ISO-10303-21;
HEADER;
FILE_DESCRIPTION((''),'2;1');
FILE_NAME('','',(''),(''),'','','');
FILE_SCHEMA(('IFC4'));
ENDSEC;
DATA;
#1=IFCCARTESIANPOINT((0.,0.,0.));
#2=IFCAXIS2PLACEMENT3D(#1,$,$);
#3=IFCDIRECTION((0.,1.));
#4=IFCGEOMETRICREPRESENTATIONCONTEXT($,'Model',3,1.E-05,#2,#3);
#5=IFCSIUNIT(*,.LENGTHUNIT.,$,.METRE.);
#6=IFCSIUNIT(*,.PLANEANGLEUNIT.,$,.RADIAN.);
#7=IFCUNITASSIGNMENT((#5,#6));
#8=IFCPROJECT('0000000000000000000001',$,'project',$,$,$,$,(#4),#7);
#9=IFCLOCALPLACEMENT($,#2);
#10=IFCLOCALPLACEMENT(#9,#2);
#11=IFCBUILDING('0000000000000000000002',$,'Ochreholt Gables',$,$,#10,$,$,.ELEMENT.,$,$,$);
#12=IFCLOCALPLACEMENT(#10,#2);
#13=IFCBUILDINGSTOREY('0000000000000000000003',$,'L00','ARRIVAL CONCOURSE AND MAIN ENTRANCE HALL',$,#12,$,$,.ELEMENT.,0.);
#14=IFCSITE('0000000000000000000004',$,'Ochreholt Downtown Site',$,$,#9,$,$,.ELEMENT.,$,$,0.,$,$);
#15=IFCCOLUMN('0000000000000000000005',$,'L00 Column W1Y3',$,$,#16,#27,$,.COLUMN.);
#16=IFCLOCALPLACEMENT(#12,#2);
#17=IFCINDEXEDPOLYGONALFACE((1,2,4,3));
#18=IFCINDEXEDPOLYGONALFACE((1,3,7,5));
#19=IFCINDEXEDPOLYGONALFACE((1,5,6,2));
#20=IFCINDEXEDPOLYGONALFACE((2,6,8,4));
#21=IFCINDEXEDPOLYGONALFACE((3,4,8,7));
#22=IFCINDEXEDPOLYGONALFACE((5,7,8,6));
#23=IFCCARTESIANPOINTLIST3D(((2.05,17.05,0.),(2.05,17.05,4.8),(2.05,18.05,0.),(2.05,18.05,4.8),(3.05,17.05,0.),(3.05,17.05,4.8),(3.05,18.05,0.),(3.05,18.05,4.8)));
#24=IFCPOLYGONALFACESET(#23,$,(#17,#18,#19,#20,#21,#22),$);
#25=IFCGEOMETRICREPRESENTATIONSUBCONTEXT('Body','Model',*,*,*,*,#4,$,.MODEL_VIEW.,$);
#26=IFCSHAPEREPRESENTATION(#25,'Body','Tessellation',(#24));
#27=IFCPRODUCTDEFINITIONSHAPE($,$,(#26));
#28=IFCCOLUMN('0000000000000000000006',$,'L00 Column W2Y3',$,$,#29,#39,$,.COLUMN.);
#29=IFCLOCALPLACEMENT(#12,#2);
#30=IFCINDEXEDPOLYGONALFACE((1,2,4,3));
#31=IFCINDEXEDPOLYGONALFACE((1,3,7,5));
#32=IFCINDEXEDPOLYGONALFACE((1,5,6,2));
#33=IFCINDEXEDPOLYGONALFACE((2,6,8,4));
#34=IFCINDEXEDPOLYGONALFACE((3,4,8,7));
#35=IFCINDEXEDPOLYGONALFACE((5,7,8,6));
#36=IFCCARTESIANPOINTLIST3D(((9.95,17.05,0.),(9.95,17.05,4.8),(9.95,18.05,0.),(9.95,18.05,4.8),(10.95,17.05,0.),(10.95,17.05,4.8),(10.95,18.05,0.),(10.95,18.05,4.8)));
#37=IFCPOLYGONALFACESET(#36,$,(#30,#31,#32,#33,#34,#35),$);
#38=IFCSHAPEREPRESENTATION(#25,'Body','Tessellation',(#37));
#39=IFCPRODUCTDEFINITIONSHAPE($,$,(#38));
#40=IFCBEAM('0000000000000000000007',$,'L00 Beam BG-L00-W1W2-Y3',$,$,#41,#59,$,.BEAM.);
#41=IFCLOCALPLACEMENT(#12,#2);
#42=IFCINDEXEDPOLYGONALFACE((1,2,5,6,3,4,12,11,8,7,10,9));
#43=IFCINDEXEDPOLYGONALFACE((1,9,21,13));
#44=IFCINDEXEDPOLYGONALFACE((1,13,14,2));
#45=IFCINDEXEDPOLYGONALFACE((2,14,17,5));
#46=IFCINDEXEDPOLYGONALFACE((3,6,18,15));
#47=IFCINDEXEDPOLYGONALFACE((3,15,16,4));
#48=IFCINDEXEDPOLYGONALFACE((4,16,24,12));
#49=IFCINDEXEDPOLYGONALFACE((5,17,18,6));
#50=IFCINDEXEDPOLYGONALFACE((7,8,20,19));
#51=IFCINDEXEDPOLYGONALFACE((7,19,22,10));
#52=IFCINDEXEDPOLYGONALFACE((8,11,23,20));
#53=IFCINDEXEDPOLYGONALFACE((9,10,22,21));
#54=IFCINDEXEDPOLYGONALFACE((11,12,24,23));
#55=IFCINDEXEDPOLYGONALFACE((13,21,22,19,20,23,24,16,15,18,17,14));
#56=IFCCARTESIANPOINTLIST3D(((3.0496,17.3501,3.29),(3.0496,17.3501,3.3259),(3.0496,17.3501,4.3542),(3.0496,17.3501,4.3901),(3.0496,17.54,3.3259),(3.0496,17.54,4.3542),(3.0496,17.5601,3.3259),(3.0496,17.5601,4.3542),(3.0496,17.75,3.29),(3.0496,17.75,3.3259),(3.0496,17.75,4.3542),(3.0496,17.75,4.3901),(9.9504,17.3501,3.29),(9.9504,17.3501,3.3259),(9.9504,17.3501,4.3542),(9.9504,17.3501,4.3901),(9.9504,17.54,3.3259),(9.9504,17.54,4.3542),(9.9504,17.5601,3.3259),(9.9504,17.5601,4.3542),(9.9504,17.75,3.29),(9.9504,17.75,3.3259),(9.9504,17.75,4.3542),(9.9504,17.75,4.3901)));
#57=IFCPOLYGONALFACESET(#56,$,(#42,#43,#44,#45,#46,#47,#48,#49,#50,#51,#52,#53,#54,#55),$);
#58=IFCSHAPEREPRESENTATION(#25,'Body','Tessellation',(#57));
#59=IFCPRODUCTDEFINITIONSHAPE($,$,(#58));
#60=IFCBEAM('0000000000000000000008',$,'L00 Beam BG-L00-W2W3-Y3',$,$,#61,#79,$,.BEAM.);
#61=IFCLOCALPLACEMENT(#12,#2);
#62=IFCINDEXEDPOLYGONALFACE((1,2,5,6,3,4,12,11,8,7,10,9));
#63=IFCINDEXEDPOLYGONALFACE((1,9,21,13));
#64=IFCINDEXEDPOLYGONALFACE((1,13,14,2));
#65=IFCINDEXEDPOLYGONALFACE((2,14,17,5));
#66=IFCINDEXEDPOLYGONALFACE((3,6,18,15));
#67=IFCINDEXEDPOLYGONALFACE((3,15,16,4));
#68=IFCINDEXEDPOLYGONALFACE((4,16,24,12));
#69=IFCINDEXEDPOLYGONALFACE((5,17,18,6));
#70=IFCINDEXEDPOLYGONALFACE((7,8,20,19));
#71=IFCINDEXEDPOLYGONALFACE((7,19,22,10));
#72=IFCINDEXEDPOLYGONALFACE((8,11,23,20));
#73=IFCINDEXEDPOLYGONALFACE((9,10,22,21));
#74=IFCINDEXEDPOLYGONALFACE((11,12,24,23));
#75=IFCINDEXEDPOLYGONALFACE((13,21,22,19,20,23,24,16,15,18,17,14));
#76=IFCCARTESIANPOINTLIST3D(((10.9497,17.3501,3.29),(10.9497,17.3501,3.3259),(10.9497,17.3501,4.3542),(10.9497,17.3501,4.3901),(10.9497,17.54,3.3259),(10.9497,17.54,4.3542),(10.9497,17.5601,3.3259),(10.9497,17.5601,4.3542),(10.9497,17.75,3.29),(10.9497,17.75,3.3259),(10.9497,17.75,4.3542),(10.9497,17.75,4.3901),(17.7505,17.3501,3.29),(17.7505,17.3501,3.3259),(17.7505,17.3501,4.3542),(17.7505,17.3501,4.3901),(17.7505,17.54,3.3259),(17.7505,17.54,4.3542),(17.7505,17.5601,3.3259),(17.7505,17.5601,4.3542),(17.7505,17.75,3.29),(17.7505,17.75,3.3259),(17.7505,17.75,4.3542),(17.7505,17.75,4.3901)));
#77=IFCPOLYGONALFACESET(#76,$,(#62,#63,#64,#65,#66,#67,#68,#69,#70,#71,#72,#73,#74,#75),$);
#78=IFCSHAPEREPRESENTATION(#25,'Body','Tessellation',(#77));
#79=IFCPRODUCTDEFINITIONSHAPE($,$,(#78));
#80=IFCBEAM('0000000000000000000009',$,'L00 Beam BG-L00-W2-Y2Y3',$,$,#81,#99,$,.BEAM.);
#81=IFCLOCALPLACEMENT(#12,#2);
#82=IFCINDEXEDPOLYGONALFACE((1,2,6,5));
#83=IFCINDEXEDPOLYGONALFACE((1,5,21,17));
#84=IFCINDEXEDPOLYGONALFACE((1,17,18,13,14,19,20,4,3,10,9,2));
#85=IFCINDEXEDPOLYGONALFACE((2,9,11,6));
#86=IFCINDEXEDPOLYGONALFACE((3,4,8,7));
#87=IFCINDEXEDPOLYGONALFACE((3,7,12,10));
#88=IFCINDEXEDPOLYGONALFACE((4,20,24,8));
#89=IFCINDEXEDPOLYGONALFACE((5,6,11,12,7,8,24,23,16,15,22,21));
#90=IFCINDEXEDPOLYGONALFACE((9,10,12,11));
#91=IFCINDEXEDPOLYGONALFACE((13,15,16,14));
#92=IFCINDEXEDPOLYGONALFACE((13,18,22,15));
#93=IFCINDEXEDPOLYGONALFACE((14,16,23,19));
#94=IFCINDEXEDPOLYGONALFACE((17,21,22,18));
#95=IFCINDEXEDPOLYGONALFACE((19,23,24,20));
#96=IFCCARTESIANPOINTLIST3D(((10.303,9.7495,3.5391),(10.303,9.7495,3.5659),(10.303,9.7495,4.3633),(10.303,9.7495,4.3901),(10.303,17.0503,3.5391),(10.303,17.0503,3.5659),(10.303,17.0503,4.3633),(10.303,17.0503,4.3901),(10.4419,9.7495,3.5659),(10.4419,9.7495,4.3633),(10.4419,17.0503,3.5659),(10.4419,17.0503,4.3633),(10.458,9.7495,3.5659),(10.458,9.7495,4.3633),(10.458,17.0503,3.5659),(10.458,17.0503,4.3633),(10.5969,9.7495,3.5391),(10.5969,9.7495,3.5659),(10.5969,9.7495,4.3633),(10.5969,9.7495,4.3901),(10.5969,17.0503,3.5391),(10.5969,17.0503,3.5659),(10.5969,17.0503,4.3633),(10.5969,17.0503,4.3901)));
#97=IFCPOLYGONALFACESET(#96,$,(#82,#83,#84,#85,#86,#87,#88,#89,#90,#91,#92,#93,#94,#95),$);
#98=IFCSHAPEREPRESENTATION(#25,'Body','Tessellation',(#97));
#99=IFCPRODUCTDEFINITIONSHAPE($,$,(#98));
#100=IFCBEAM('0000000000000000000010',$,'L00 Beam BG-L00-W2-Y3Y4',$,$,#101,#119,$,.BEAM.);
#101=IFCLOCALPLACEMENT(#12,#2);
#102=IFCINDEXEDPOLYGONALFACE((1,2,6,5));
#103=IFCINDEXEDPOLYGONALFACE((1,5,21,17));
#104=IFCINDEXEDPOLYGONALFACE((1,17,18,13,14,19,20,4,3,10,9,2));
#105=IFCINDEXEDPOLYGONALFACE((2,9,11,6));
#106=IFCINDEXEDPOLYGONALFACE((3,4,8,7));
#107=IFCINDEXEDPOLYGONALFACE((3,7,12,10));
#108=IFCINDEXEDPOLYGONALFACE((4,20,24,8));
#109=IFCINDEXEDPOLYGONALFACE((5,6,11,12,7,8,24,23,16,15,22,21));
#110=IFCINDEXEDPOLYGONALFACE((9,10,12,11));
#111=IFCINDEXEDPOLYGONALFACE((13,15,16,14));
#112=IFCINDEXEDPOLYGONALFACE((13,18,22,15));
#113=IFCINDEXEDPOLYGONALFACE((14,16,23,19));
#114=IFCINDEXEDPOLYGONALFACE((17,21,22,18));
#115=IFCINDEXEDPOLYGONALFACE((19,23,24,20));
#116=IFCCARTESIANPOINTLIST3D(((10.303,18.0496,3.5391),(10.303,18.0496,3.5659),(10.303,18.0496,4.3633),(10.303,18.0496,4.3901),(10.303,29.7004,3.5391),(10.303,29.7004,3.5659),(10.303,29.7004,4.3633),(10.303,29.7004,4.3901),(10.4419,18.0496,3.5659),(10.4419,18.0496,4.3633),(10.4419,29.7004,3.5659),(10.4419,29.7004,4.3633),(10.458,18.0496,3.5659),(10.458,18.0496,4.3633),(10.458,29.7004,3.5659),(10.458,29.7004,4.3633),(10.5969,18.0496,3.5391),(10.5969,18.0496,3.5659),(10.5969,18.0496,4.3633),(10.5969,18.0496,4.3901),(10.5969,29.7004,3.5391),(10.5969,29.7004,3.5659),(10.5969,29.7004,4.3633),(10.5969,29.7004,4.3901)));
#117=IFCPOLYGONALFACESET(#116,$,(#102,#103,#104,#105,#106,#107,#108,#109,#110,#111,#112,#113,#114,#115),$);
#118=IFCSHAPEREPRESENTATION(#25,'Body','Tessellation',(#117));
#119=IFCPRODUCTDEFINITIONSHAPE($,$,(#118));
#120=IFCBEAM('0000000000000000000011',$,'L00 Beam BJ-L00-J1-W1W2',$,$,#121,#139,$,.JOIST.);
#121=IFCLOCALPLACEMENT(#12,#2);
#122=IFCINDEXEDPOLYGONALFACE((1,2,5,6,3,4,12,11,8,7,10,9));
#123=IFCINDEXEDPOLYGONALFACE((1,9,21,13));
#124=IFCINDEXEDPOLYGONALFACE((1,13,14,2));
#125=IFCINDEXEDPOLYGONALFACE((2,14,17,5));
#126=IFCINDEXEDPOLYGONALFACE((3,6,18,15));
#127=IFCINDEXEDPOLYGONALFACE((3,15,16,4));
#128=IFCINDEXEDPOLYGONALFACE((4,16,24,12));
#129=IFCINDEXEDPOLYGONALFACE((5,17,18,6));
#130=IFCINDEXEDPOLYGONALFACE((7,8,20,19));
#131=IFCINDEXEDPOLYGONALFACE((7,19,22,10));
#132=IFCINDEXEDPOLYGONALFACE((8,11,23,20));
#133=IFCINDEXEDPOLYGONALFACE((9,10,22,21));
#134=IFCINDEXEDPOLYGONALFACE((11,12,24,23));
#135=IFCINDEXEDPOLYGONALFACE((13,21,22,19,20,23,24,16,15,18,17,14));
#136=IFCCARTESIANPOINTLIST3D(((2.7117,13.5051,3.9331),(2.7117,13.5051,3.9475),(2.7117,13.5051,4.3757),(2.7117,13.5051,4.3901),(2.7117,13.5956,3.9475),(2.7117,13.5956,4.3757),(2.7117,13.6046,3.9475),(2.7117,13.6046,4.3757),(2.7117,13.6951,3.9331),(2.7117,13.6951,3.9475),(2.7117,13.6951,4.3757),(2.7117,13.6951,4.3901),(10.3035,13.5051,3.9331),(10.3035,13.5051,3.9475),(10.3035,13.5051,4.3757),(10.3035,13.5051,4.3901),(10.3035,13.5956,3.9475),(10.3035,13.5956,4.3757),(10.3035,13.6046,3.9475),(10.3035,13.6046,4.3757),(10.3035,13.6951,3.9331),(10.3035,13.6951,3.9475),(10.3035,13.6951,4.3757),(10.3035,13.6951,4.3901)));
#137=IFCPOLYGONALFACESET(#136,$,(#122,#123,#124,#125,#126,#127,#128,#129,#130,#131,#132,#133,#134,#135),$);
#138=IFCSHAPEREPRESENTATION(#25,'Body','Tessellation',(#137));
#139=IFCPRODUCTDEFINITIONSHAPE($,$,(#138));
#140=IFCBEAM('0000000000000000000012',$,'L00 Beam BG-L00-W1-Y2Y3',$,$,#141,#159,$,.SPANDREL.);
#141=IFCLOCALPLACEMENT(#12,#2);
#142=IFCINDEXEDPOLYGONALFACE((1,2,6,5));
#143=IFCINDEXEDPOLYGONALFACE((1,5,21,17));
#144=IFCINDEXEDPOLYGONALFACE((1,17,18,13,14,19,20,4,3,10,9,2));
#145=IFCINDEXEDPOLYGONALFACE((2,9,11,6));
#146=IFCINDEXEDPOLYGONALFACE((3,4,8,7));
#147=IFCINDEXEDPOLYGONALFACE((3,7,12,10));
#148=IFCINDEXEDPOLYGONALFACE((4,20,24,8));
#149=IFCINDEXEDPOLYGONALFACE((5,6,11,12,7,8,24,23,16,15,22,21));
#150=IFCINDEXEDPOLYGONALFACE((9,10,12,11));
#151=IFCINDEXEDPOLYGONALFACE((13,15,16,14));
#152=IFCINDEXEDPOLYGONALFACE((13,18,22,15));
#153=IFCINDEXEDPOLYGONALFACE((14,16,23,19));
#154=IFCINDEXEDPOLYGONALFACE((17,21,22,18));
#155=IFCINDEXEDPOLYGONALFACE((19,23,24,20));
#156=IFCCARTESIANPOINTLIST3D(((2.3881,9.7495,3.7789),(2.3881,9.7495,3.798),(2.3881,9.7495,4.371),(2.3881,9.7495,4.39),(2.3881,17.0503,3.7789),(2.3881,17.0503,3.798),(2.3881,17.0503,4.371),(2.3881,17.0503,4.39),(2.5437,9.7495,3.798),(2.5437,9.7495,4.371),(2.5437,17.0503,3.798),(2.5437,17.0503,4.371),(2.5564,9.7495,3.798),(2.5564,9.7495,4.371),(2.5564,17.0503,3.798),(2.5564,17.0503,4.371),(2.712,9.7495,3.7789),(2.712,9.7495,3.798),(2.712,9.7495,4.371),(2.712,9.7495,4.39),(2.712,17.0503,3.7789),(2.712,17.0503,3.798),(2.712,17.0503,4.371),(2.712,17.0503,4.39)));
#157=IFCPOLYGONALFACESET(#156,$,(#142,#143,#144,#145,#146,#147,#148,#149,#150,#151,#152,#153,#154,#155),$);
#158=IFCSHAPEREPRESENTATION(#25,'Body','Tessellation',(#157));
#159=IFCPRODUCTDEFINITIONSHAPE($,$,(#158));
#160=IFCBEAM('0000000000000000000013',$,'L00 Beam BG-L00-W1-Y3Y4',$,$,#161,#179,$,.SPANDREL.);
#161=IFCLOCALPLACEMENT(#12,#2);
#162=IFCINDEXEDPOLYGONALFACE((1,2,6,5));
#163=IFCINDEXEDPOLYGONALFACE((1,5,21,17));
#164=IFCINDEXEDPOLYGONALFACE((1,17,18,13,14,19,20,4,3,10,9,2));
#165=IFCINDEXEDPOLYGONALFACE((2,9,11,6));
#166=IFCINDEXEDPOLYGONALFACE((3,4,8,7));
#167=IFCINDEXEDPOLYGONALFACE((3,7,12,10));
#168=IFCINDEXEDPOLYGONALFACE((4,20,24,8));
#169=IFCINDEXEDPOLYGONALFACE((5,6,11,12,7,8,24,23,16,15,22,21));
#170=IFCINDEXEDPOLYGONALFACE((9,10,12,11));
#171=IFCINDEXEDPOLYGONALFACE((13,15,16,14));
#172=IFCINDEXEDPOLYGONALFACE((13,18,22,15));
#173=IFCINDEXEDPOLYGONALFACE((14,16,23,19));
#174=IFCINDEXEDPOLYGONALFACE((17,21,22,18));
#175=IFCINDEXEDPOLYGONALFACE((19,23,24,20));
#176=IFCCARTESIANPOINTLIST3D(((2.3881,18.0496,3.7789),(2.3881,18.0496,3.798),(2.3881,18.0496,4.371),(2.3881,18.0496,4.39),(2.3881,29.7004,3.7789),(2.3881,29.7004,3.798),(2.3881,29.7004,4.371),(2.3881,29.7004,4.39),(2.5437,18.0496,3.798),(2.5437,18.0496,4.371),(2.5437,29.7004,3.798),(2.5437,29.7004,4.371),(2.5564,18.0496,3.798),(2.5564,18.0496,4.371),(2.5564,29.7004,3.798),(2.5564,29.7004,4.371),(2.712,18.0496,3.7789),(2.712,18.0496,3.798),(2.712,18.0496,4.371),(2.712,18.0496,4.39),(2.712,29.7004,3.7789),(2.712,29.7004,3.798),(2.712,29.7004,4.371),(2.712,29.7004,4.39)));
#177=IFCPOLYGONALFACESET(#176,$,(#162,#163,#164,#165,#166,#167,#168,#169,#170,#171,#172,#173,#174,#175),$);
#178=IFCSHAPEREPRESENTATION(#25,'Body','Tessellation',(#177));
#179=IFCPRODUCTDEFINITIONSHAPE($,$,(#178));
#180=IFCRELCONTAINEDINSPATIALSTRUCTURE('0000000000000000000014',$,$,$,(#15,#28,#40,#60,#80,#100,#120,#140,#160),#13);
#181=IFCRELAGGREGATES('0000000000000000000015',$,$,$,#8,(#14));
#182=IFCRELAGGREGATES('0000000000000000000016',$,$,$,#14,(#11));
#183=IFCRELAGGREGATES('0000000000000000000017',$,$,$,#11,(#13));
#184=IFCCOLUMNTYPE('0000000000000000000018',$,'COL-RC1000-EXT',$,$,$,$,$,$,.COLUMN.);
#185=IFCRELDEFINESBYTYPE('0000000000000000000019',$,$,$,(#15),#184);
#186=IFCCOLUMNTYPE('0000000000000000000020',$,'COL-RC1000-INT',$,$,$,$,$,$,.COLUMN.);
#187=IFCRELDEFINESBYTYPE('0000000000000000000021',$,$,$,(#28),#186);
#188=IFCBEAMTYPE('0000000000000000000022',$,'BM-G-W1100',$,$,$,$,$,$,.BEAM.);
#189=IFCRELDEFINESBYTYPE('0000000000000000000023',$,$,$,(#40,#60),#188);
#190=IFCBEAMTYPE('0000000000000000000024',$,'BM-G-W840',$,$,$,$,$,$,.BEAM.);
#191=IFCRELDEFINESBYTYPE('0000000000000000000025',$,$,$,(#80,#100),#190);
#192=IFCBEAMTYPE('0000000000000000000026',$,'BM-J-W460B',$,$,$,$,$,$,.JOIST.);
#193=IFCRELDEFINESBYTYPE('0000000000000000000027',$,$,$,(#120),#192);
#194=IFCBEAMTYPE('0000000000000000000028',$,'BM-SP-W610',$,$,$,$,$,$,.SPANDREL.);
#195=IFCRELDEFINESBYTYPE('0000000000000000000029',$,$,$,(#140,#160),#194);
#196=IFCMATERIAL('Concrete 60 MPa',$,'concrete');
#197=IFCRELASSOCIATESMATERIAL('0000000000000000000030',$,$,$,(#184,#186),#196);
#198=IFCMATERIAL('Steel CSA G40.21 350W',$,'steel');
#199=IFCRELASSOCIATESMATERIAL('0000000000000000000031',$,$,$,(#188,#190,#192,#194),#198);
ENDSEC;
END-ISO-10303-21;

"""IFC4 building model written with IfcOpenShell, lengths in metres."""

from ifc_helpers import new_model, si_unit, direction, frame, origin, origin_2d, place, context, subcontext, project, spatial, rectangle, i_section, extrude, material, material_profile, profile_set, type_object, element, save


model = new_model("IFC4")

# Units and contexts
model_context = context("Model", 3, precision=1e-05, world=origin(), true_north=direction((0.0, 1.0)))
body_context = subcontext(model_context, "Body", "Model", "MODEL_VIEW")
ifc_project = project(units=[si_unit("LENGTHUNIT", "METRE"), si_unit("PLANEANGLEUNIT", "RADIAN")], contexts=[model_context])

# Site, building, storey
site_placement = place(None, origin())
site = spatial("IfcSite", under=ifc_project, at=site_placement, Name="Ochreholt Downtown Site", CompositionType="ELEMENT", RefElevation=0.0)
building_placement = place(site_placement, origin())
building = spatial("IfcBuilding", under=site, at=building_placement, Name="Ochreholt Gables", CompositionType="ELEMENT")
storey_placement = place(building_placement, origin())
storey = spatial("IfcBuildingStorey", under=building, at=storey_placement, Name="L00", Description="ARRIVAL CONCOURSE AND MAIN ENTRANCE HALL", CompositionType="ELEMENT", Elevation=0.0)

# Columns
ifc_material_1 = material(Name="Concrete 60 MPa", Category="concrete")
ifc_material_profile_1 = material_profile(ifc_material_1, rectangle(XDim=1.0, YDim=1.0, at=origin_2d()), Name="RC1000X1000")
ifc_profile_set_1 = profile_set([ifc_material_profile_1], Name="Concrete 60 MPa")
column_type_1 = type_object("IfcColumnType", Name="COL-RC1000-EXT", PredefinedType="COLUMN", material=ifc_profile_set_1)
column_1_placement = place(storey_placement, frame((2.55, 17.55, 0.0), z_axis=(0.0, 0.0, 1.0), x_axis=(1.0, 0.0, 0.0)))
element("IfcColumn", 1, at=column_1_placement, inside=storey, type_object=column_type_1, Name="L00 Column W1Y3", PredefinedType="COLUMN", context=body_context, shape_type="SweptSolid", body=[
    extrude(rectangle(XDim=1.0, YDim=1.0, at=origin_2d()), origin(), (0.0, 0.0, 1.0), 4.8),
])
ifc_material_profile_2 = material_profile(ifc_material_1, rectangle(XDim=1.0, YDim=1.0, at=origin_2d()), Name="RC1000X1000")
ifc_profile_set_2 = profile_set([ifc_material_profile_2], Name="Concrete 60 MPa")
column_type_2 = type_object("IfcColumnType", Name="COL-RC1000-INT", PredefinedType="COLUMN", material=ifc_profile_set_2)
column_2_placement = place(storey_placement, frame((10.45, 17.55, 0.0), z_axis=(0.0, 0.0, 1.0), x_axis=(1.0, 0.0, 0.0)))
element("IfcColumn", 2, at=column_2_placement, inside=storey, type_object=column_type_2, Name="L00 Column W2Y3", PredefinedType="COLUMN", context=body_context, shape_type="SweptSolid", body=[
    extrude(rectangle(XDim=1.0, YDim=1.0, at=origin_2d()), origin(), (0.0, 0.0, 1.0), 4.8),
])

# Beams
ifc_material_2 = material(Name="Steel CSA G40.21 350W", Category="steel")
ifc_material_profile_3 = material_profile(ifc_material_2, i_section(OverallWidth=0.3999, OverallDepth=1.1001, WebThickness=0.02, FlangeThickness=0.0359, at=origin_2d()), Name="W1100X390")
ifc_profile_set_3 = profile_set([ifc_material_profile_3], Name="Steel CSA G40.21 350W")
beam_type_1 = type_object("IfcBeamType", Name="BM-G-W1100", PredefinedType="BEAM", material=ifc_profile_set_3)
beam_1_placement = place(storey_placement, frame((3.0496, 17.55, 3.8401), z_axis=(1.0, 0.0, 0.0), x_axis=(0.0, 1.0, 0.0)))
element("IfcBeam", 3, at=beam_1_placement, inside=storey, type_object=beam_type_1, Name="L00 Beam BG-L00-W1W2-Y3", PredefinedType="BEAM", context=body_context, shape_type="SweptSolid", body=[
    extrude(i_section(OverallWidth=0.3999, OverallDepth=1.1001, WebThickness=0.02, FlangeThickness=0.0359, at=origin_2d()), origin(), (0.0, 0.0, 1.0), 6.9009),
])
beam_2_placement = place(storey_placement, frame((10.9497, 17.55, 3.8401), z_axis=(1.0, 0.0, 0.0), x_axis=(0.0, 1.0, 0.0)))
element("IfcBeam", 4, at=beam_2_placement, inside=storey, type_object=beam_type_1, Name="L00 Beam BG-L00-W2W3-Y3", PredefinedType="BEAM", context=body_context, shape_type="SweptSolid", body=[
    extrude(i_section(OverallWidth=0.3999, OverallDepth=1.1001, WebThickness=0.02, FlangeThickness=0.0359, at=origin_2d()), origin(), (0.0, 0.0, 1.0), 6.8008),
])
ifc_material_profile_4 = material_profile(ifc_material_2, i_section(OverallWidth=0.2939, OverallDepth=0.8511, WebThickness=0.0161, FlangeThickness=0.0269, at=origin_2d()), Name="W840X226")
ifc_profile_set_4 = profile_set([ifc_material_profile_4], Name="Steel CSA G40.21 350W")
beam_type_2 = type_object("IfcBeamType", Name="BM-G-W840", PredefinedType="BEAM", material=ifc_profile_set_4)
beam_3_placement = place(storey_placement, frame((10.45, 9.7495, 3.9646), z_axis=(0.0, 1.0, 0.0), x_axis=(-1.0, 0.0, 0.0)))
element("IfcBeam", 5, at=beam_3_placement, inside=storey, type_object=beam_type_2, Name="L00 Beam BG-L00-W2-Y2Y3", PredefinedType="BEAM", context=body_context, shape_type="SweptSolid", body=[
    extrude(i_section(OverallWidth=0.2939, OverallDepth=0.8511, WebThickness=0.0161, FlangeThickness=0.0269, at=origin_2d()), origin(), (0.0, 0.0, 1.0), 7.3008),
])
beam_4_placement = place(storey_placement, frame((10.45, 18.0496, 3.9646), z_axis=(0.0, 1.0, 0.0), x_axis=(-1.0, 0.0, 0.0)))
element("IfcBeam", 6, at=beam_4_placement, inside=storey, type_object=beam_type_2, Name="L00 Beam BG-L00-W2-Y3Y4", PredefinedType="BEAM", context=body_context, shape_type="SweptSolid", body=[
    extrude(i_section(OverallWidth=0.2939, OverallDepth=0.8511, WebThickness=0.0161, FlangeThickness=0.0269, at=origin_2d()), origin(), (0.0, 0.0, 1.0), 11.6509),
])
ifc_material_profile_5 = material_profile(ifc_material_2, i_section(OverallWidth=0.1899, OverallDepth=0.457, WebThickness=0.009, FlangeThickness=0.0144, at=origin_2d()), Name="W460X74")
ifc_profile_set_5 = profile_set([ifc_material_profile_5], Name="Steel CSA G40.21 350W")
beam_type_3 = type_object("IfcBeamType", Name="BM-J-W460B", PredefinedType="JOIST", material=ifc_profile_set_5)
beam_5_placement = place(storey_placement, frame((2.7117, 13.6001, 4.1616), z_axis=(1.0, 0.0, 0.0), x_axis=(0.0, 1.0, 0.0)))
element("IfcBeam", 7, at=beam_5_placement, inside=storey, type_object=beam_type_3, Name="L00 Beam BJ-L00-J1-W1W2", PredefinedType="JOIST", context=body_context, shape_type="SweptSolid", body=[
    extrude(i_section(OverallWidth=0.1899, OverallDepth=0.457, WebThickness=0.009, FlangeThickness=0.0144, at=origin_2d()), origin(), (0.0, 0.0, 1.0), 7.5918),
])
ifc_material_profile_6 = material_profile(ifc_material_2, i_section(OverallWidth=0.324, OverallDepth=0.6111, WebThickness=0.0127, FlangeThickness=0.019, at=origin_2d()), Name="W610X155")
ifc_profile_set_6 = profile_set([ifc_material_profile_6], Name="Steel CSA G40.21 350W")
beam_type_4 = type_object("IfcBeamType", Name="BM-SP-W610", PredefinedType="SPANDREL", material=ifc_profile_set_6)
beam_6_placement = place(storey_placement, frame((2.55, 9.7495, 4.0845), z_axis=(0.0, 1.0, 0.0), x_axis=(-1.0, 0.0, 0.0)))
element("IfcBeam", 8, at=beam_6_placement, inside=storey, type_object=beam_type_4, Name="L00 Beam BG-L00-W1-Y2Y3", PredefinedType="SPANDREL", context=body_context, shape_type="SweptSolid", body=[
    extrude(i_section(OverallWidth=0.324, OverallDepth=0.6111, WebThickness=0.0127, FlangeThickness=0.019, at=origin_2d()), origin(), (0.0, 0.0, 1.0), 7.3008),
])
beam_7_placement = place(storey_placement, frame((2.55, 18.0496, 4.0845), z_axis=(0.0, 1.0, 0.0), x_axis=(-1.0, 0.0, 0.0)))
element("IfcBeam", 9, at=beam_7_placement, inside=storey, type_object=beam_type_4, Name="L00 Beam BG-L00-W1-Y3Y4", PredefinedType="SPANDREL", context=body_context, shape_type="SweptSolid", body=[
    extrude(i_section(OverallWidth=0.324, OverallDepth=0.6111, WebThickness=0.0127, FlangeThickness=0.019, at=origin_2d()), origin(), (0.0, 0.0, 1.0), 11.6509),
])

save(model, "model.ifc")
